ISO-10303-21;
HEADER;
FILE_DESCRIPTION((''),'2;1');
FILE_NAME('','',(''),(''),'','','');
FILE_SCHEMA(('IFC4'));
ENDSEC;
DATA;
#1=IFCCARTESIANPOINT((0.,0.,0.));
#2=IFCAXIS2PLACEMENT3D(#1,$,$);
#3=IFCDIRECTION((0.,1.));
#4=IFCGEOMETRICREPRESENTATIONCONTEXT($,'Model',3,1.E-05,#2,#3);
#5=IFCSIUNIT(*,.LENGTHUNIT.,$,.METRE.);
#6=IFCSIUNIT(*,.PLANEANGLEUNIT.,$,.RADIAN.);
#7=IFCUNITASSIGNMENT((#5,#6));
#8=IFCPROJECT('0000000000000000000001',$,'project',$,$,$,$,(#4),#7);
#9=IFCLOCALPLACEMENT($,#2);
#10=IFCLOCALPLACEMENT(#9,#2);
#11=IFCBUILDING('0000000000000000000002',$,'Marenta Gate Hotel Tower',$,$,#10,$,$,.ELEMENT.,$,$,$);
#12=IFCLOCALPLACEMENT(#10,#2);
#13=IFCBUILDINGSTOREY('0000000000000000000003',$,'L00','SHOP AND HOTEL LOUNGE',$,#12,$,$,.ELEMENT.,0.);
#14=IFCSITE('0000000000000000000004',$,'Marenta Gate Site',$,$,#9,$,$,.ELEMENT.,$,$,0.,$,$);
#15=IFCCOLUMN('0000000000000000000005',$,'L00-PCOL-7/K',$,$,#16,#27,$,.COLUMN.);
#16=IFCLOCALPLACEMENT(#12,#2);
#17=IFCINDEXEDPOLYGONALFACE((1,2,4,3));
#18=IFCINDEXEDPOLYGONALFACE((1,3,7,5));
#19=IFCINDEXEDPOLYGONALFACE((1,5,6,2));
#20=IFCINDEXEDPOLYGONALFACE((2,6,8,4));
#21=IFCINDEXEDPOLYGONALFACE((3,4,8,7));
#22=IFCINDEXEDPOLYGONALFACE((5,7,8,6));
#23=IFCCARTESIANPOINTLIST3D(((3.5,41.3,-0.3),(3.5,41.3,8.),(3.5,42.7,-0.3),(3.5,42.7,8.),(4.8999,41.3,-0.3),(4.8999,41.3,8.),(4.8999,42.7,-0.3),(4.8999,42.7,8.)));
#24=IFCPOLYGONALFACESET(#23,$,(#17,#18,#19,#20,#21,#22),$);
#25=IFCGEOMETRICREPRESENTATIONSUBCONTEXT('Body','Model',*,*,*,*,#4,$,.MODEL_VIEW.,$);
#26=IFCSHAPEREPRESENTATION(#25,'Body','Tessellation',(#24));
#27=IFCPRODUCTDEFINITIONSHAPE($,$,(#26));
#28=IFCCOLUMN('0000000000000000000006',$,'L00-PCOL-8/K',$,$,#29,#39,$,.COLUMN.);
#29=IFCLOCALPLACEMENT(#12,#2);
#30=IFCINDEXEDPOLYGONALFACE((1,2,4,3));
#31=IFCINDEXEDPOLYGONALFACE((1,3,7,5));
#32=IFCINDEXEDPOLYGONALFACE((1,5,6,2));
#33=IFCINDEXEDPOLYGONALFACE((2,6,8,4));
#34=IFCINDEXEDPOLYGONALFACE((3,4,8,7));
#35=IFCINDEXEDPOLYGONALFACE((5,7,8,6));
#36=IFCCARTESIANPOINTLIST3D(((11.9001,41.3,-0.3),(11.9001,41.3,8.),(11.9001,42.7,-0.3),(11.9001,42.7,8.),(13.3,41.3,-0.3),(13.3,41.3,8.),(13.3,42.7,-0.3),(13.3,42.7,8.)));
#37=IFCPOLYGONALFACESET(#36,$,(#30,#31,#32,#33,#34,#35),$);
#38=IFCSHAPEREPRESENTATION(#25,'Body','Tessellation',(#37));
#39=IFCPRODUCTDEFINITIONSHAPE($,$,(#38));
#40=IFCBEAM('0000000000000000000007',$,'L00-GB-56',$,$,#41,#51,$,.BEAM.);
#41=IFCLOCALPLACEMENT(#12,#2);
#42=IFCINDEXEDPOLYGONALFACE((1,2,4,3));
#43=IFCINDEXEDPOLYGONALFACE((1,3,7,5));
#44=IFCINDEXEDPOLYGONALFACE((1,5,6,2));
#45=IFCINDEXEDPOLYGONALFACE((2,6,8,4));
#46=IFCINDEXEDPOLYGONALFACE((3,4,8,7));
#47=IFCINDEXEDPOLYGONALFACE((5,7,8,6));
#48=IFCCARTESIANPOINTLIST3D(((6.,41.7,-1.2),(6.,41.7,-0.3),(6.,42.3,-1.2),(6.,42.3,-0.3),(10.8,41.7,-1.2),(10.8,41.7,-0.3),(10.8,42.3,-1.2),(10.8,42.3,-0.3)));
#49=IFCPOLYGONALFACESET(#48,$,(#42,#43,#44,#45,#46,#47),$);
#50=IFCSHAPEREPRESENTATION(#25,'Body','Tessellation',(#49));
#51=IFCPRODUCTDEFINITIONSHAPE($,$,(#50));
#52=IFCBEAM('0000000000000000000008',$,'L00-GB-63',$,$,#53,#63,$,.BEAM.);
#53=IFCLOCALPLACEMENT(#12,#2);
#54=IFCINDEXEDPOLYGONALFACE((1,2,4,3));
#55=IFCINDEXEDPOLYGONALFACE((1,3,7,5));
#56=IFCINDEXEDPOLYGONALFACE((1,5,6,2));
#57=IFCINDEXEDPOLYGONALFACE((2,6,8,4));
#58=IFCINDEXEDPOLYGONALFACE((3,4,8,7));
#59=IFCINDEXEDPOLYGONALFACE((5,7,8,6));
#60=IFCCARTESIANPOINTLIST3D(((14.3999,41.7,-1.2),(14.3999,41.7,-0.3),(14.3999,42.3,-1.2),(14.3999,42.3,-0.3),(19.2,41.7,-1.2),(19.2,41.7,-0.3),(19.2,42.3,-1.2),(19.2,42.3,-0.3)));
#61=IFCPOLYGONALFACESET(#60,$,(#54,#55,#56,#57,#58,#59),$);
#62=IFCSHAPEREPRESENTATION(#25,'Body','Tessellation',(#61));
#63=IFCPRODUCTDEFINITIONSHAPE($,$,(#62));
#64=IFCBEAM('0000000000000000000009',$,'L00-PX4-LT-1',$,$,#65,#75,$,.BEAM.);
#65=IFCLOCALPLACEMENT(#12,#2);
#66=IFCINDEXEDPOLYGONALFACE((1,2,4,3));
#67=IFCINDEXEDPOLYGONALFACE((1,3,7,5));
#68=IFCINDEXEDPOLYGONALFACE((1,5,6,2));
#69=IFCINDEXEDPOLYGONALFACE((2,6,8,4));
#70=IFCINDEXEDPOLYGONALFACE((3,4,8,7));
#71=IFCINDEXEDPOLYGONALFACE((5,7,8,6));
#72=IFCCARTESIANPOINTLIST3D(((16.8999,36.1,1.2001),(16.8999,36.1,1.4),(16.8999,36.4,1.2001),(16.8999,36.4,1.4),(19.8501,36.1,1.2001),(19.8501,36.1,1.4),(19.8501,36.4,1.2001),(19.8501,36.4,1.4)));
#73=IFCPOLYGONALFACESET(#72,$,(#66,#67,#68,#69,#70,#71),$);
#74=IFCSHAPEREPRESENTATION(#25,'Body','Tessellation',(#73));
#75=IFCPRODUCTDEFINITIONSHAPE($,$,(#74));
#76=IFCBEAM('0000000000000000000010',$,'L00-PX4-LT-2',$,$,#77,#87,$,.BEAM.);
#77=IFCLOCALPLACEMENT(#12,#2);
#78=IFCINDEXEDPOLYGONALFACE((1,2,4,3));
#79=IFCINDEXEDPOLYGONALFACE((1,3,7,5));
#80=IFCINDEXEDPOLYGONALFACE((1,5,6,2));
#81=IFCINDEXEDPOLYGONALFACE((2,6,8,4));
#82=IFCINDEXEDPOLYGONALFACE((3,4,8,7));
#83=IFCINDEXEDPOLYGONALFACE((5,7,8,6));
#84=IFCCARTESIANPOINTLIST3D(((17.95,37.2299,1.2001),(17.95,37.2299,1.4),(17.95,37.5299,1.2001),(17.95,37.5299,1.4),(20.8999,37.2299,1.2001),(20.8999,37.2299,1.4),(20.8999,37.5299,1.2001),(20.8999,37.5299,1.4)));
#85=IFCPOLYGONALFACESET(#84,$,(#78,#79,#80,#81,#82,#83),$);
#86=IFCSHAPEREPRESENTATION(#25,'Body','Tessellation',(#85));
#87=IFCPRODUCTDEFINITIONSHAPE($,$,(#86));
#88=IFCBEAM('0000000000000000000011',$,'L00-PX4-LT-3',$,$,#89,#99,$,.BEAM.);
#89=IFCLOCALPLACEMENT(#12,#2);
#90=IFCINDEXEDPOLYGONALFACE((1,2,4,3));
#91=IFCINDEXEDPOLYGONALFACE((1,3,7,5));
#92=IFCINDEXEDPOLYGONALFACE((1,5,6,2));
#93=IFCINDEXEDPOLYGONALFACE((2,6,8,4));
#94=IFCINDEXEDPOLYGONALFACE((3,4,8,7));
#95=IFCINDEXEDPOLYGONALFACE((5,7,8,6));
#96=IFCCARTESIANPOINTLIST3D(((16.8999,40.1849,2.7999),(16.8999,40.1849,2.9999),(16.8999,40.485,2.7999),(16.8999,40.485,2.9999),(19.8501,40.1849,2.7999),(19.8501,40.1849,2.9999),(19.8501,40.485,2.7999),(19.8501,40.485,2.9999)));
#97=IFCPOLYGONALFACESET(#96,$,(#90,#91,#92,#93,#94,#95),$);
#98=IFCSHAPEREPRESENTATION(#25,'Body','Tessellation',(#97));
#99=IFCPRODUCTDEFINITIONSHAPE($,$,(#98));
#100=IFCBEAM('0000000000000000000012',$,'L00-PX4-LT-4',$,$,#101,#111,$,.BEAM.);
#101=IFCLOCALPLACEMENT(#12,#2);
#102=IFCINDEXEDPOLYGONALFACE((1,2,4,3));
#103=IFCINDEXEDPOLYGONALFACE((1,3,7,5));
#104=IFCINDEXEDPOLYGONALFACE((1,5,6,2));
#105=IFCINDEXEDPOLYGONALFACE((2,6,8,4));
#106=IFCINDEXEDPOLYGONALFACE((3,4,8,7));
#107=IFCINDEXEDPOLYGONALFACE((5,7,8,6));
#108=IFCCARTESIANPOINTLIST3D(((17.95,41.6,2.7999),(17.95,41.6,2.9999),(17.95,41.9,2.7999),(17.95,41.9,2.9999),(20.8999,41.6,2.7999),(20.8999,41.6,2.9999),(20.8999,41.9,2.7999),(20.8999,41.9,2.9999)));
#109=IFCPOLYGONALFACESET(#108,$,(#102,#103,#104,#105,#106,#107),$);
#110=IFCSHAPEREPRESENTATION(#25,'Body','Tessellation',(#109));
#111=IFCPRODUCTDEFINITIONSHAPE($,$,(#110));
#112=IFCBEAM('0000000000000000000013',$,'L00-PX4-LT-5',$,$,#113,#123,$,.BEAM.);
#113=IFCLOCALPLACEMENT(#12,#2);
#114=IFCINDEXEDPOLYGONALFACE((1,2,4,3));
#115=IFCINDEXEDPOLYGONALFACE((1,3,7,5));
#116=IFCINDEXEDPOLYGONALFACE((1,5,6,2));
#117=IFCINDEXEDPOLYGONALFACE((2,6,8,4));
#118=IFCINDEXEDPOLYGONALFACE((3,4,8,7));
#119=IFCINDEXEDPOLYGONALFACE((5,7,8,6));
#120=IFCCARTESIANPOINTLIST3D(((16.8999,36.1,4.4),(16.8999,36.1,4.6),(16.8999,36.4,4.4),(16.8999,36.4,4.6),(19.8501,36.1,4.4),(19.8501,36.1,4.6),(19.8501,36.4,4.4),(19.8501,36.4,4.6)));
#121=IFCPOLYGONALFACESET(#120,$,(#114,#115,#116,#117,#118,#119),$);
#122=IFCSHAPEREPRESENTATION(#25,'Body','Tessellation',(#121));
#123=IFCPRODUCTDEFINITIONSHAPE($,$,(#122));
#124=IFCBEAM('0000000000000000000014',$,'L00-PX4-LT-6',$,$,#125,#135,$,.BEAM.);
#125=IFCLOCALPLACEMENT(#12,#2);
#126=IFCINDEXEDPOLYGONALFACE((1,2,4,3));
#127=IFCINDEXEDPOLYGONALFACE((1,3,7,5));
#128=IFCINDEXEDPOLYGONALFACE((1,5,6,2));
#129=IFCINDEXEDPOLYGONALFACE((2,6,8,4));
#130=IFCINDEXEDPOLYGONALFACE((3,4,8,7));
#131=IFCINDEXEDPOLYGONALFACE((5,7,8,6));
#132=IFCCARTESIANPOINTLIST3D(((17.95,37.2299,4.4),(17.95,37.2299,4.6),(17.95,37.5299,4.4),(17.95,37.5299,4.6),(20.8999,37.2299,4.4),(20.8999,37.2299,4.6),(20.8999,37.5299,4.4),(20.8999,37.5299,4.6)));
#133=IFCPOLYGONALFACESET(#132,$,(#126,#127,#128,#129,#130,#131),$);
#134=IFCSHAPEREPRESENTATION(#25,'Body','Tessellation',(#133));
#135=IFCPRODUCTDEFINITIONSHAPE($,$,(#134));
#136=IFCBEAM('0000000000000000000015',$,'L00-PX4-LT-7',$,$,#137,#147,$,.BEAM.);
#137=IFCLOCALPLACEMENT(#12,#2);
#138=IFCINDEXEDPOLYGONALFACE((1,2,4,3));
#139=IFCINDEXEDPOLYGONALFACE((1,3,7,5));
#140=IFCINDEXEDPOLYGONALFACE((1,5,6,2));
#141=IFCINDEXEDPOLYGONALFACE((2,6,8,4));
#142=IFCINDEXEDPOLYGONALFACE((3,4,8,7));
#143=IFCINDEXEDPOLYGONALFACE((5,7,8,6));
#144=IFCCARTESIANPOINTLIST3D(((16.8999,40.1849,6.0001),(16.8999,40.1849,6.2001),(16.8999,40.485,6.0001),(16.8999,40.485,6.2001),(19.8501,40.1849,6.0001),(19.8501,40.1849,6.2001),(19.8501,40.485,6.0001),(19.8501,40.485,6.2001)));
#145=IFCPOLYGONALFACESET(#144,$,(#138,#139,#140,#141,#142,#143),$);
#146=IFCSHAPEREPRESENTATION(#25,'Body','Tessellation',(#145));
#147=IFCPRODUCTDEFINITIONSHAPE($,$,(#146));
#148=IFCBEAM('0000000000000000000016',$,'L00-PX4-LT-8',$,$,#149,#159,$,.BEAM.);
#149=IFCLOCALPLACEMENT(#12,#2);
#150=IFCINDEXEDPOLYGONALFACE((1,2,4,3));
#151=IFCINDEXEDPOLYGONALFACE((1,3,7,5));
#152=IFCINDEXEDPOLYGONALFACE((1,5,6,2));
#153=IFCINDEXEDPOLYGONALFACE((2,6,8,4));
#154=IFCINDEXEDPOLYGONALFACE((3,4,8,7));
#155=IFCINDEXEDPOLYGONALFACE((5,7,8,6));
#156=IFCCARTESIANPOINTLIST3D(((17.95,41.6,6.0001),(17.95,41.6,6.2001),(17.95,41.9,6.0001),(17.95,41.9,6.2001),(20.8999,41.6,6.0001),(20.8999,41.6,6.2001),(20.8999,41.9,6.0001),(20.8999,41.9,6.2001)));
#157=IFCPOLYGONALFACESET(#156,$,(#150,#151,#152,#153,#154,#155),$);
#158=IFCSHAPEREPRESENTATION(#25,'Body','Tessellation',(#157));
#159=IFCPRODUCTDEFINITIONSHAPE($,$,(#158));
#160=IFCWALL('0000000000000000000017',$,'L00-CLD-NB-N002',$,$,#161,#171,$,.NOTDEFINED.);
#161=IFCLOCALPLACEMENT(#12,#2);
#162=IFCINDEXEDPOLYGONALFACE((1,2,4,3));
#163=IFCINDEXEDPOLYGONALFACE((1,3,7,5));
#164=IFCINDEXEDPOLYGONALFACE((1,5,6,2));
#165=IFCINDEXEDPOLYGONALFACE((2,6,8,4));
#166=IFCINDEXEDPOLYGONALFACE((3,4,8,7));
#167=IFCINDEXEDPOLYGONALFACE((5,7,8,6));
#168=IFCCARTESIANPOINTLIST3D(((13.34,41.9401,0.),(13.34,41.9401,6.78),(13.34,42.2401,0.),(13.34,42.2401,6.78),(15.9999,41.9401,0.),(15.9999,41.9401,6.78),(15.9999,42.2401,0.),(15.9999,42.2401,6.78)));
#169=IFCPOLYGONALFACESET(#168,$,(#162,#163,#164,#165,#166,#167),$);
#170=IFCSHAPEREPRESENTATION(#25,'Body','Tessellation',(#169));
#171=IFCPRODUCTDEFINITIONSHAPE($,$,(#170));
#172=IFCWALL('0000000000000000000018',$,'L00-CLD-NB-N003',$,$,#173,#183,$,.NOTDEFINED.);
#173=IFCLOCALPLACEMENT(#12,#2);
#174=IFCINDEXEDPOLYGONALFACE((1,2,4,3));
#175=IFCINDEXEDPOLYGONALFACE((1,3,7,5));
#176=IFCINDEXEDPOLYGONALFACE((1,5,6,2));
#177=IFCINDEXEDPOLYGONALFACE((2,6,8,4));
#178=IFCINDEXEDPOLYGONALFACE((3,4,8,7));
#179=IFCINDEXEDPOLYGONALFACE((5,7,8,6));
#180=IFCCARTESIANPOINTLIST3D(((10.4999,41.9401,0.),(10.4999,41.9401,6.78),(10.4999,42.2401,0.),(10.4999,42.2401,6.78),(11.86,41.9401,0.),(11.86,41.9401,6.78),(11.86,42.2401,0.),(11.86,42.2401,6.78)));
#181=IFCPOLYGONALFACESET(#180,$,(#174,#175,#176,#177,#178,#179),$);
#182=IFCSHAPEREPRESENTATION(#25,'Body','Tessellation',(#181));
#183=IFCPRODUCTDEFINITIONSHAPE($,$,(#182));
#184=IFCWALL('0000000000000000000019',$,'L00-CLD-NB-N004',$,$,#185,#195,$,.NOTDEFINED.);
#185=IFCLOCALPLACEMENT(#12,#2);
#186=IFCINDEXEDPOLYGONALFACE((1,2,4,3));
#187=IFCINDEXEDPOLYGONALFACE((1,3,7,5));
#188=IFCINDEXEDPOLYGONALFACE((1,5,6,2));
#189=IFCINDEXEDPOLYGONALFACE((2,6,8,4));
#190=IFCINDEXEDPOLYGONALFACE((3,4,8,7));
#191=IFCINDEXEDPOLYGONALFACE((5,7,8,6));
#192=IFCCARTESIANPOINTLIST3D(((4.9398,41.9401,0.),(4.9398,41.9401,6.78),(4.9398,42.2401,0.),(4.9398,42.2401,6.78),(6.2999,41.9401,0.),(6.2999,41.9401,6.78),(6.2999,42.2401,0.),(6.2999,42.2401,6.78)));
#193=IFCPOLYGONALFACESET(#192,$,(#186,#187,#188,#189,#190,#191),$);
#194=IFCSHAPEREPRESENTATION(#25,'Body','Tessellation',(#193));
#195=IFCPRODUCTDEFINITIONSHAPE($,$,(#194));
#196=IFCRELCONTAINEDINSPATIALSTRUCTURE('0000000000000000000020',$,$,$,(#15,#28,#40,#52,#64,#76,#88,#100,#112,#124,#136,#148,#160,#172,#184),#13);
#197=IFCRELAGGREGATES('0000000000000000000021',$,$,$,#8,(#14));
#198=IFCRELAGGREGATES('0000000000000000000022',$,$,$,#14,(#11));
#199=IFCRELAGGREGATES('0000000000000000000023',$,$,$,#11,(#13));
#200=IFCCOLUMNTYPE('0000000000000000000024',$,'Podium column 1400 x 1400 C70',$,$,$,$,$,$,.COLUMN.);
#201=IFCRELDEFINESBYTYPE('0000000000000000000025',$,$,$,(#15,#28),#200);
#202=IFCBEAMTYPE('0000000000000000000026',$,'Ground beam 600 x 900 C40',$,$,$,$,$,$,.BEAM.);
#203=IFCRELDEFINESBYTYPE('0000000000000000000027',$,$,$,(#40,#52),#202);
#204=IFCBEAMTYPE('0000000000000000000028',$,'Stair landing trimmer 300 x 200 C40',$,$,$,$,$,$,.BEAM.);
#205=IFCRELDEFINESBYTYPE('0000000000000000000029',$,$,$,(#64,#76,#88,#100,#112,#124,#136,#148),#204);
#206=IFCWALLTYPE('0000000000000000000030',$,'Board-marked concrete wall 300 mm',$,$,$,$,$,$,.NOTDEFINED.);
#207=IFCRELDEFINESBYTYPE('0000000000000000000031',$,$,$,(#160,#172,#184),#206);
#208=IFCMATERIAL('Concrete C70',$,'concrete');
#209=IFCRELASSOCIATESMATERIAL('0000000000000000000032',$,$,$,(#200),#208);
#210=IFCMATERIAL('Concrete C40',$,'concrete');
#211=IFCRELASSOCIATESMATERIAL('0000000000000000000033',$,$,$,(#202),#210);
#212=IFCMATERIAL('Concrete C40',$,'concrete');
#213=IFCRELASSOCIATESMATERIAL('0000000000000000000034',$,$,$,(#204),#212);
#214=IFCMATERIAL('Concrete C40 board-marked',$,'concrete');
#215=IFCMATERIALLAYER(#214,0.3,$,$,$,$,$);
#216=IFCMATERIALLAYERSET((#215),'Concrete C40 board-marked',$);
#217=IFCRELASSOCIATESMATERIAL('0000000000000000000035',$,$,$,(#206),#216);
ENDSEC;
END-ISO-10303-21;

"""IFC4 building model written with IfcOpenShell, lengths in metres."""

from ifc_helpers import new_model, si_unit, direction, frame, frame_2d, origin, origin_2d, place, context, subcontext, project, spatial, rectangle, extrude, material, layer, layer_set, material_profile, profile_set, type_object, element, save


model = new_model("IFC4")

# Units and contexts
model_context = context("Model", 3, precision=1e-05, world=origin(), true_north=direction((0.0, 1.0)))
body_context = subcontext(model_context, "Body", "Model", "MODEL_VIEW")
ifc_project = project(units=[si_unit("LENGTHUNIT", "METRE"), si_unit("PLANEANGLEUNIT", "RADIAN")], contexts=[model_context])

# Site, building, storey
site_placement = place(None, origin())
site = spatial("IfcSite", under=ifc_project, at=site_placement, Name="Marenta Gate Site", CompositionType="ELEMENT", RefElevation=0.0)
building_placement = place(site_placement, origin())
building = spatial("IfcBuilding", under=site, at=building_placement, Name="Marenta Gate Hotel Tower", CompositionType="ELEMENT")
storey_placement = place(building_placement, origin())
storey = spatial("IfcBuildingStorey", under=building, at=storey_placement, Name="L00", Description="SHOP AND HOTEL LOUNGE", CompositionType="ELEMENT", Elevation=0.0)

# Columns
ifc_material_1 = material(Name="Concrete C70", Category="concrete")
ifc_material_profile_1 = material_profile(ifc_material_1, rectangle(XDim=1.3999, YDim=1.3999, at=origin_2d()), Name="1400 x 1400")
ifc_profile_set_1 = profile_set([ifc_material_profile_1], Name="Concrete C70")
column_type = type_object("IfcColumnType", Name="Podium column 1400 x 1400 C70", PredefinedType="COLUMN", material=ifc_profile_set_1)
for number, where, z_axis, x_axis, name in (
    (1, (4.2, 42.0, -0.3), (0.0, 0.0, 1.0), (1.0, 0.0, 0.0), "L00-PCOL-7/K"),
    (2, (12.6001, 42.0, -0.3), (0.0, 0.0, 1.0), (1.0, 0.0, 0.0), "L00-PCOL-8/K"),
):
    element("IfcColumn", number, at=place(storey_placement, frame(where, z_axis=z_axis, x_axis=x_axis)), inside=storey, type_object=column_type, Name=name, PredefinedType="COLUMN", context=body_context, shape_type="SweptSolid", body=[
        extrude(rectangle(XDim=1.3999, YDim=1.3999, at=origin_2d()), origin(), (0.0, 0.0, 1.0), 8.3),
    ])

# Beams
ifc_material_2 = material(Name="Concrete C40", Category="concrete")
ifc_material_profile_2 = material_profile(ifc_material_2, rectangle(XDim=0.6001, YDim=0.8999, at=origin_2d()), Name="600 x 900")
ifc_profile_set_2 = profile_set([ifc_material_profile_2], Name="Concrete C40")
beam_type_1 = type_object("IfcBeamType", Name="Ground beam 600 x 900 C40", PredefinedType="BEAM", material=ifc_profile_set_2)
for number, where, z_axis, x_axis, name in (
    (3, (6.0, 42.0, -0.75), (1.0, 0.0, 0.0), (0.0, 1.0, 0.0), "L00-GB-56"),
    (4, (14.3999, 42.0, -0.75), (1.0, 0.0, 0.0), (0.0, 1.0, 0.0), "L00-GB-63"),
):
    element("IfcBeam", number, at=place(storey_placement, frame(where, z_axis=z_axis, x_axis=x_axis)), inside=storey, type_object=beam_type_1, Name=name, PredefinedType="BEAM", context=body_context, shape_type="SweptSolid", body=[
        extrude(rectangle(XDim=0.6001, YDim=0.8999, at=origin_2d()), origin(), (0.0, 0.0, 1.0), 4.8),
    ])
ifc_material_3 = material(Name="Concrete C40", Category="concrete")
ifc_material_profile_3 = material_profile(ifc_material_3, rectangle(XDim=0.3, YDim=0.2, at=origin_2d()), Name="300 x 200")
ifc_profile_set_3 = profile_set([ifc_material_profile_3], Name="Concrete C40")
beam_type_2 = type_object("IfcBeamType", Name="Stair landing trimmer 300 x 200 C40", PredefinedType="BEAM", material=ifc_profile_set_3)
beam_1_placement = place(storey_placement, frame((16.8999, 36.25, 1.3), z_axis=(1.0, 0.0, 0.0), x_axis=(0.0, 1.0, 0.0)))
element("IfcBeam", 5, at=beam_1_placement, inside=storey, type_object=beam_type_2, Name="L00-PX4-LT-1", PredefinedType="BEAM", context=body_context, shape_type="SweptSolid", body=[
    extrude(rectangle(XDim=0.3, YDim=0.2, at=origin_2d()), origin(), (0.0, 0.0, 1.0), 2.9502),
])
beam_2_placement = place(storey_placement, frame((17.95, 37.3799, 1.3), z_axis=(1.0, 0.0, 0.0), x_axis=(0.0, 1.0, 0.0)))
element("IfcBeam", 6, at=beam_2_placement, inside=storey, type_object=beam_type_2, Name="L00-PX4-LT-2", PredefinedType="BEAM", context=body_context, shape_type="SweptSolid", body=[
    extrude(rectangle(XDim=0.3, YDim=0.2, at=origin_2d()), origin(), (0.0, 0.0, 1.0), 2.95),
])
beam_3_placement = place(storey_placement, frame((16.8999, 40.335, 2.8999), z_axis=(1.0, 0.0, 0.0), x_axis=(0.0, 1.0, 0.0)))
element("IfcBeam", 7, at=beam_3_placement, inside=storey, type_object=beam_type_2, Name="L00-PX4-LT-3", PredefinedType="BEAM", context=body_context, shape_type="SweptSolid", body=[
    extrude(rectangle(XDim=0.3, YDim=0.2, at=origin_2d()), origin(), (0.0, 0.0, 1.0), 2.9502),
])
beam_4_placement = place(storey_placement, frame((17.95, 41.75, 2.8999), z_axis=(1.0, 0.0, 0.0), x_axis=(0.0, 1.0, 0.0)))
element("IfcBeam", 8, at=beam_4_placement, inside=storey, type_object=beam_type_2, Name="L00-PX4-LT-4", PredefinedType="BEAM", context=body_context, shape_type="SweptSolid", body=[
    extrude(rectangle(XDim=0.3, YDim=0.2, at=origin_2d()), origin(), (0.0, 0.0, 1.0), 2.95),
])
beam_5_placement = place(storey_placement, frame((16.8999, 36.25, 4.5), z_axis=(1.0, 0.0, 0.0), x_axis=(0.0, 1.0, 0.0)))
element("IfcBeam", 9, at=beam_5_placement, inside=storey, type_object=beam_type_2, Name="L00-PX4-LT-5", PredefinedType="BEAM", context=body_context, shape_type="SweptSolid", body=[
    extrude(rectangle(XDim=0.3, YDim=0.2, at=origin_2d()), origin(), (0.0, 0.0, 1.0), 2.9502),
])
beam_6_placement = place(storey_placement, frame((17.95, 37.3799, 4.5), z_axis=(1.0, 0.0, 0.0), x_axis=(0.0, 1.0, 0.0)))
element("IfcBeam", 10, at=beam_6_placement, inside=storey, type_object=beam_type_2, Name="L00-PX4-LT-6", PredefinedType="BEAM", context=body_context, shape_type="SweptSolid", body=[
    extrude(rectangle(XDim=0.3, YDim=0.2, at=origin_2d()), origin(), (0.0, 0.0, 1.0), 2.95),
])
beam_7_placement = place(storey_placement, frame((16.8999, 40.335, 6.1001), z_axis=(1.0, 0.0, 0.0), x_axis=(0.0, 1.0, 0.0)))
element("IfcBeam", 11, at=beam_7_placement, inside=storey, type_object=beam_type_2, Name="L00-PX4-LT-7", PredefinedType="BEAM", context=body_context, shape_type="SweptSolid", body=[
    extrude(rectangle(XDim=0.3, YDim=0.2, at=origin_2d()), origin(), (0.0, 0.0, 1.0), 2.9502),
])
beam_8_placement = place(storey_placement, frame((17.95, 41.75, 6.1001), z_axis=(1.0, 0.0, 0.0), x_axis=(0.0, 1.0, 0.0)))
element("IfcBeam", 12, at=beam_8_placement, inside=storey, type_object=beam_type_2, Name="L00-PX4-LT-8", PredefinedType="BEAM", context=body_context, shape_type="SweptSolid", body=[
    extrude(rectangle(XDim=0.3, YDim=0.2, at=origin_2d()), origin(), (0.0, 0.0, 1.0), 2.95),
])

# Walls
ifc_material_4 = material(Name="Concrete C40 board-marked", Category="concrete")
ifc_layer_1 = layer(ifc_material_4, 0.3)
ifc_layer_set_1 = layer_set([ifc_layer_1], Name="Concrete C40 board-marked")
wall_type_1 = type_object("IfcWallType", Name="Board-marked concrete wall 300 mm", PredefinedType="NOTDEFINED", material=ifc_layer_set_1)
wall_1_placement = place(storey_placement, frame((16.0, 42.0901, 0.0), z_axis=(0.0, 0.0, 1.0), x_axis=(-1.0, 0.0, 0.0)))
element("IfcWall", 13, at=wall_1_placement, inside=storey, type_object=wall_type_1, Name="L00-CLD-NB-N002", PredefinedType="NOTDEFINED", context=body_context, shape_type="SweptSolid", body=[
    extrude(rectangle(XDim=2.6599, YDim=0.3, at=frame_2d((1.3301, 0.0))), origin(), (0.0, 0.0, 1.0), 6.78),
])
for number, where, z_axis, x_axis, name in (
    (14, (11.8601, 42.0901, 0.0), (0.0, 0.0, 1.0), (-1.0, 0.0, 0.0), "L00-CLD-NB-N003"),
    (15, (6.3, 42.0901, 0.0), (0.0, 0.0, 1.0), (-1.0, 0.0, 0.0), "L00-CLD-NB-N004"),
):
    element("IfcWall", number, at=place(storey_placement, frame(where, z_axis=z_axis, x_axis=x_axis)), inside=storey, type_object=wall_type_1, Name=name, PredefinedType="NOTDEFINED", context=body_context, shape_type="SweptSolid", body=[
        extrude(rectangle(XDim=1.3601, YDim=0.3, at=frame_2d((0.6802, 0.0))), origin(), (0.0, 0.0, 1.0), 6.78),
    ])

save(model, "model.ifc")
